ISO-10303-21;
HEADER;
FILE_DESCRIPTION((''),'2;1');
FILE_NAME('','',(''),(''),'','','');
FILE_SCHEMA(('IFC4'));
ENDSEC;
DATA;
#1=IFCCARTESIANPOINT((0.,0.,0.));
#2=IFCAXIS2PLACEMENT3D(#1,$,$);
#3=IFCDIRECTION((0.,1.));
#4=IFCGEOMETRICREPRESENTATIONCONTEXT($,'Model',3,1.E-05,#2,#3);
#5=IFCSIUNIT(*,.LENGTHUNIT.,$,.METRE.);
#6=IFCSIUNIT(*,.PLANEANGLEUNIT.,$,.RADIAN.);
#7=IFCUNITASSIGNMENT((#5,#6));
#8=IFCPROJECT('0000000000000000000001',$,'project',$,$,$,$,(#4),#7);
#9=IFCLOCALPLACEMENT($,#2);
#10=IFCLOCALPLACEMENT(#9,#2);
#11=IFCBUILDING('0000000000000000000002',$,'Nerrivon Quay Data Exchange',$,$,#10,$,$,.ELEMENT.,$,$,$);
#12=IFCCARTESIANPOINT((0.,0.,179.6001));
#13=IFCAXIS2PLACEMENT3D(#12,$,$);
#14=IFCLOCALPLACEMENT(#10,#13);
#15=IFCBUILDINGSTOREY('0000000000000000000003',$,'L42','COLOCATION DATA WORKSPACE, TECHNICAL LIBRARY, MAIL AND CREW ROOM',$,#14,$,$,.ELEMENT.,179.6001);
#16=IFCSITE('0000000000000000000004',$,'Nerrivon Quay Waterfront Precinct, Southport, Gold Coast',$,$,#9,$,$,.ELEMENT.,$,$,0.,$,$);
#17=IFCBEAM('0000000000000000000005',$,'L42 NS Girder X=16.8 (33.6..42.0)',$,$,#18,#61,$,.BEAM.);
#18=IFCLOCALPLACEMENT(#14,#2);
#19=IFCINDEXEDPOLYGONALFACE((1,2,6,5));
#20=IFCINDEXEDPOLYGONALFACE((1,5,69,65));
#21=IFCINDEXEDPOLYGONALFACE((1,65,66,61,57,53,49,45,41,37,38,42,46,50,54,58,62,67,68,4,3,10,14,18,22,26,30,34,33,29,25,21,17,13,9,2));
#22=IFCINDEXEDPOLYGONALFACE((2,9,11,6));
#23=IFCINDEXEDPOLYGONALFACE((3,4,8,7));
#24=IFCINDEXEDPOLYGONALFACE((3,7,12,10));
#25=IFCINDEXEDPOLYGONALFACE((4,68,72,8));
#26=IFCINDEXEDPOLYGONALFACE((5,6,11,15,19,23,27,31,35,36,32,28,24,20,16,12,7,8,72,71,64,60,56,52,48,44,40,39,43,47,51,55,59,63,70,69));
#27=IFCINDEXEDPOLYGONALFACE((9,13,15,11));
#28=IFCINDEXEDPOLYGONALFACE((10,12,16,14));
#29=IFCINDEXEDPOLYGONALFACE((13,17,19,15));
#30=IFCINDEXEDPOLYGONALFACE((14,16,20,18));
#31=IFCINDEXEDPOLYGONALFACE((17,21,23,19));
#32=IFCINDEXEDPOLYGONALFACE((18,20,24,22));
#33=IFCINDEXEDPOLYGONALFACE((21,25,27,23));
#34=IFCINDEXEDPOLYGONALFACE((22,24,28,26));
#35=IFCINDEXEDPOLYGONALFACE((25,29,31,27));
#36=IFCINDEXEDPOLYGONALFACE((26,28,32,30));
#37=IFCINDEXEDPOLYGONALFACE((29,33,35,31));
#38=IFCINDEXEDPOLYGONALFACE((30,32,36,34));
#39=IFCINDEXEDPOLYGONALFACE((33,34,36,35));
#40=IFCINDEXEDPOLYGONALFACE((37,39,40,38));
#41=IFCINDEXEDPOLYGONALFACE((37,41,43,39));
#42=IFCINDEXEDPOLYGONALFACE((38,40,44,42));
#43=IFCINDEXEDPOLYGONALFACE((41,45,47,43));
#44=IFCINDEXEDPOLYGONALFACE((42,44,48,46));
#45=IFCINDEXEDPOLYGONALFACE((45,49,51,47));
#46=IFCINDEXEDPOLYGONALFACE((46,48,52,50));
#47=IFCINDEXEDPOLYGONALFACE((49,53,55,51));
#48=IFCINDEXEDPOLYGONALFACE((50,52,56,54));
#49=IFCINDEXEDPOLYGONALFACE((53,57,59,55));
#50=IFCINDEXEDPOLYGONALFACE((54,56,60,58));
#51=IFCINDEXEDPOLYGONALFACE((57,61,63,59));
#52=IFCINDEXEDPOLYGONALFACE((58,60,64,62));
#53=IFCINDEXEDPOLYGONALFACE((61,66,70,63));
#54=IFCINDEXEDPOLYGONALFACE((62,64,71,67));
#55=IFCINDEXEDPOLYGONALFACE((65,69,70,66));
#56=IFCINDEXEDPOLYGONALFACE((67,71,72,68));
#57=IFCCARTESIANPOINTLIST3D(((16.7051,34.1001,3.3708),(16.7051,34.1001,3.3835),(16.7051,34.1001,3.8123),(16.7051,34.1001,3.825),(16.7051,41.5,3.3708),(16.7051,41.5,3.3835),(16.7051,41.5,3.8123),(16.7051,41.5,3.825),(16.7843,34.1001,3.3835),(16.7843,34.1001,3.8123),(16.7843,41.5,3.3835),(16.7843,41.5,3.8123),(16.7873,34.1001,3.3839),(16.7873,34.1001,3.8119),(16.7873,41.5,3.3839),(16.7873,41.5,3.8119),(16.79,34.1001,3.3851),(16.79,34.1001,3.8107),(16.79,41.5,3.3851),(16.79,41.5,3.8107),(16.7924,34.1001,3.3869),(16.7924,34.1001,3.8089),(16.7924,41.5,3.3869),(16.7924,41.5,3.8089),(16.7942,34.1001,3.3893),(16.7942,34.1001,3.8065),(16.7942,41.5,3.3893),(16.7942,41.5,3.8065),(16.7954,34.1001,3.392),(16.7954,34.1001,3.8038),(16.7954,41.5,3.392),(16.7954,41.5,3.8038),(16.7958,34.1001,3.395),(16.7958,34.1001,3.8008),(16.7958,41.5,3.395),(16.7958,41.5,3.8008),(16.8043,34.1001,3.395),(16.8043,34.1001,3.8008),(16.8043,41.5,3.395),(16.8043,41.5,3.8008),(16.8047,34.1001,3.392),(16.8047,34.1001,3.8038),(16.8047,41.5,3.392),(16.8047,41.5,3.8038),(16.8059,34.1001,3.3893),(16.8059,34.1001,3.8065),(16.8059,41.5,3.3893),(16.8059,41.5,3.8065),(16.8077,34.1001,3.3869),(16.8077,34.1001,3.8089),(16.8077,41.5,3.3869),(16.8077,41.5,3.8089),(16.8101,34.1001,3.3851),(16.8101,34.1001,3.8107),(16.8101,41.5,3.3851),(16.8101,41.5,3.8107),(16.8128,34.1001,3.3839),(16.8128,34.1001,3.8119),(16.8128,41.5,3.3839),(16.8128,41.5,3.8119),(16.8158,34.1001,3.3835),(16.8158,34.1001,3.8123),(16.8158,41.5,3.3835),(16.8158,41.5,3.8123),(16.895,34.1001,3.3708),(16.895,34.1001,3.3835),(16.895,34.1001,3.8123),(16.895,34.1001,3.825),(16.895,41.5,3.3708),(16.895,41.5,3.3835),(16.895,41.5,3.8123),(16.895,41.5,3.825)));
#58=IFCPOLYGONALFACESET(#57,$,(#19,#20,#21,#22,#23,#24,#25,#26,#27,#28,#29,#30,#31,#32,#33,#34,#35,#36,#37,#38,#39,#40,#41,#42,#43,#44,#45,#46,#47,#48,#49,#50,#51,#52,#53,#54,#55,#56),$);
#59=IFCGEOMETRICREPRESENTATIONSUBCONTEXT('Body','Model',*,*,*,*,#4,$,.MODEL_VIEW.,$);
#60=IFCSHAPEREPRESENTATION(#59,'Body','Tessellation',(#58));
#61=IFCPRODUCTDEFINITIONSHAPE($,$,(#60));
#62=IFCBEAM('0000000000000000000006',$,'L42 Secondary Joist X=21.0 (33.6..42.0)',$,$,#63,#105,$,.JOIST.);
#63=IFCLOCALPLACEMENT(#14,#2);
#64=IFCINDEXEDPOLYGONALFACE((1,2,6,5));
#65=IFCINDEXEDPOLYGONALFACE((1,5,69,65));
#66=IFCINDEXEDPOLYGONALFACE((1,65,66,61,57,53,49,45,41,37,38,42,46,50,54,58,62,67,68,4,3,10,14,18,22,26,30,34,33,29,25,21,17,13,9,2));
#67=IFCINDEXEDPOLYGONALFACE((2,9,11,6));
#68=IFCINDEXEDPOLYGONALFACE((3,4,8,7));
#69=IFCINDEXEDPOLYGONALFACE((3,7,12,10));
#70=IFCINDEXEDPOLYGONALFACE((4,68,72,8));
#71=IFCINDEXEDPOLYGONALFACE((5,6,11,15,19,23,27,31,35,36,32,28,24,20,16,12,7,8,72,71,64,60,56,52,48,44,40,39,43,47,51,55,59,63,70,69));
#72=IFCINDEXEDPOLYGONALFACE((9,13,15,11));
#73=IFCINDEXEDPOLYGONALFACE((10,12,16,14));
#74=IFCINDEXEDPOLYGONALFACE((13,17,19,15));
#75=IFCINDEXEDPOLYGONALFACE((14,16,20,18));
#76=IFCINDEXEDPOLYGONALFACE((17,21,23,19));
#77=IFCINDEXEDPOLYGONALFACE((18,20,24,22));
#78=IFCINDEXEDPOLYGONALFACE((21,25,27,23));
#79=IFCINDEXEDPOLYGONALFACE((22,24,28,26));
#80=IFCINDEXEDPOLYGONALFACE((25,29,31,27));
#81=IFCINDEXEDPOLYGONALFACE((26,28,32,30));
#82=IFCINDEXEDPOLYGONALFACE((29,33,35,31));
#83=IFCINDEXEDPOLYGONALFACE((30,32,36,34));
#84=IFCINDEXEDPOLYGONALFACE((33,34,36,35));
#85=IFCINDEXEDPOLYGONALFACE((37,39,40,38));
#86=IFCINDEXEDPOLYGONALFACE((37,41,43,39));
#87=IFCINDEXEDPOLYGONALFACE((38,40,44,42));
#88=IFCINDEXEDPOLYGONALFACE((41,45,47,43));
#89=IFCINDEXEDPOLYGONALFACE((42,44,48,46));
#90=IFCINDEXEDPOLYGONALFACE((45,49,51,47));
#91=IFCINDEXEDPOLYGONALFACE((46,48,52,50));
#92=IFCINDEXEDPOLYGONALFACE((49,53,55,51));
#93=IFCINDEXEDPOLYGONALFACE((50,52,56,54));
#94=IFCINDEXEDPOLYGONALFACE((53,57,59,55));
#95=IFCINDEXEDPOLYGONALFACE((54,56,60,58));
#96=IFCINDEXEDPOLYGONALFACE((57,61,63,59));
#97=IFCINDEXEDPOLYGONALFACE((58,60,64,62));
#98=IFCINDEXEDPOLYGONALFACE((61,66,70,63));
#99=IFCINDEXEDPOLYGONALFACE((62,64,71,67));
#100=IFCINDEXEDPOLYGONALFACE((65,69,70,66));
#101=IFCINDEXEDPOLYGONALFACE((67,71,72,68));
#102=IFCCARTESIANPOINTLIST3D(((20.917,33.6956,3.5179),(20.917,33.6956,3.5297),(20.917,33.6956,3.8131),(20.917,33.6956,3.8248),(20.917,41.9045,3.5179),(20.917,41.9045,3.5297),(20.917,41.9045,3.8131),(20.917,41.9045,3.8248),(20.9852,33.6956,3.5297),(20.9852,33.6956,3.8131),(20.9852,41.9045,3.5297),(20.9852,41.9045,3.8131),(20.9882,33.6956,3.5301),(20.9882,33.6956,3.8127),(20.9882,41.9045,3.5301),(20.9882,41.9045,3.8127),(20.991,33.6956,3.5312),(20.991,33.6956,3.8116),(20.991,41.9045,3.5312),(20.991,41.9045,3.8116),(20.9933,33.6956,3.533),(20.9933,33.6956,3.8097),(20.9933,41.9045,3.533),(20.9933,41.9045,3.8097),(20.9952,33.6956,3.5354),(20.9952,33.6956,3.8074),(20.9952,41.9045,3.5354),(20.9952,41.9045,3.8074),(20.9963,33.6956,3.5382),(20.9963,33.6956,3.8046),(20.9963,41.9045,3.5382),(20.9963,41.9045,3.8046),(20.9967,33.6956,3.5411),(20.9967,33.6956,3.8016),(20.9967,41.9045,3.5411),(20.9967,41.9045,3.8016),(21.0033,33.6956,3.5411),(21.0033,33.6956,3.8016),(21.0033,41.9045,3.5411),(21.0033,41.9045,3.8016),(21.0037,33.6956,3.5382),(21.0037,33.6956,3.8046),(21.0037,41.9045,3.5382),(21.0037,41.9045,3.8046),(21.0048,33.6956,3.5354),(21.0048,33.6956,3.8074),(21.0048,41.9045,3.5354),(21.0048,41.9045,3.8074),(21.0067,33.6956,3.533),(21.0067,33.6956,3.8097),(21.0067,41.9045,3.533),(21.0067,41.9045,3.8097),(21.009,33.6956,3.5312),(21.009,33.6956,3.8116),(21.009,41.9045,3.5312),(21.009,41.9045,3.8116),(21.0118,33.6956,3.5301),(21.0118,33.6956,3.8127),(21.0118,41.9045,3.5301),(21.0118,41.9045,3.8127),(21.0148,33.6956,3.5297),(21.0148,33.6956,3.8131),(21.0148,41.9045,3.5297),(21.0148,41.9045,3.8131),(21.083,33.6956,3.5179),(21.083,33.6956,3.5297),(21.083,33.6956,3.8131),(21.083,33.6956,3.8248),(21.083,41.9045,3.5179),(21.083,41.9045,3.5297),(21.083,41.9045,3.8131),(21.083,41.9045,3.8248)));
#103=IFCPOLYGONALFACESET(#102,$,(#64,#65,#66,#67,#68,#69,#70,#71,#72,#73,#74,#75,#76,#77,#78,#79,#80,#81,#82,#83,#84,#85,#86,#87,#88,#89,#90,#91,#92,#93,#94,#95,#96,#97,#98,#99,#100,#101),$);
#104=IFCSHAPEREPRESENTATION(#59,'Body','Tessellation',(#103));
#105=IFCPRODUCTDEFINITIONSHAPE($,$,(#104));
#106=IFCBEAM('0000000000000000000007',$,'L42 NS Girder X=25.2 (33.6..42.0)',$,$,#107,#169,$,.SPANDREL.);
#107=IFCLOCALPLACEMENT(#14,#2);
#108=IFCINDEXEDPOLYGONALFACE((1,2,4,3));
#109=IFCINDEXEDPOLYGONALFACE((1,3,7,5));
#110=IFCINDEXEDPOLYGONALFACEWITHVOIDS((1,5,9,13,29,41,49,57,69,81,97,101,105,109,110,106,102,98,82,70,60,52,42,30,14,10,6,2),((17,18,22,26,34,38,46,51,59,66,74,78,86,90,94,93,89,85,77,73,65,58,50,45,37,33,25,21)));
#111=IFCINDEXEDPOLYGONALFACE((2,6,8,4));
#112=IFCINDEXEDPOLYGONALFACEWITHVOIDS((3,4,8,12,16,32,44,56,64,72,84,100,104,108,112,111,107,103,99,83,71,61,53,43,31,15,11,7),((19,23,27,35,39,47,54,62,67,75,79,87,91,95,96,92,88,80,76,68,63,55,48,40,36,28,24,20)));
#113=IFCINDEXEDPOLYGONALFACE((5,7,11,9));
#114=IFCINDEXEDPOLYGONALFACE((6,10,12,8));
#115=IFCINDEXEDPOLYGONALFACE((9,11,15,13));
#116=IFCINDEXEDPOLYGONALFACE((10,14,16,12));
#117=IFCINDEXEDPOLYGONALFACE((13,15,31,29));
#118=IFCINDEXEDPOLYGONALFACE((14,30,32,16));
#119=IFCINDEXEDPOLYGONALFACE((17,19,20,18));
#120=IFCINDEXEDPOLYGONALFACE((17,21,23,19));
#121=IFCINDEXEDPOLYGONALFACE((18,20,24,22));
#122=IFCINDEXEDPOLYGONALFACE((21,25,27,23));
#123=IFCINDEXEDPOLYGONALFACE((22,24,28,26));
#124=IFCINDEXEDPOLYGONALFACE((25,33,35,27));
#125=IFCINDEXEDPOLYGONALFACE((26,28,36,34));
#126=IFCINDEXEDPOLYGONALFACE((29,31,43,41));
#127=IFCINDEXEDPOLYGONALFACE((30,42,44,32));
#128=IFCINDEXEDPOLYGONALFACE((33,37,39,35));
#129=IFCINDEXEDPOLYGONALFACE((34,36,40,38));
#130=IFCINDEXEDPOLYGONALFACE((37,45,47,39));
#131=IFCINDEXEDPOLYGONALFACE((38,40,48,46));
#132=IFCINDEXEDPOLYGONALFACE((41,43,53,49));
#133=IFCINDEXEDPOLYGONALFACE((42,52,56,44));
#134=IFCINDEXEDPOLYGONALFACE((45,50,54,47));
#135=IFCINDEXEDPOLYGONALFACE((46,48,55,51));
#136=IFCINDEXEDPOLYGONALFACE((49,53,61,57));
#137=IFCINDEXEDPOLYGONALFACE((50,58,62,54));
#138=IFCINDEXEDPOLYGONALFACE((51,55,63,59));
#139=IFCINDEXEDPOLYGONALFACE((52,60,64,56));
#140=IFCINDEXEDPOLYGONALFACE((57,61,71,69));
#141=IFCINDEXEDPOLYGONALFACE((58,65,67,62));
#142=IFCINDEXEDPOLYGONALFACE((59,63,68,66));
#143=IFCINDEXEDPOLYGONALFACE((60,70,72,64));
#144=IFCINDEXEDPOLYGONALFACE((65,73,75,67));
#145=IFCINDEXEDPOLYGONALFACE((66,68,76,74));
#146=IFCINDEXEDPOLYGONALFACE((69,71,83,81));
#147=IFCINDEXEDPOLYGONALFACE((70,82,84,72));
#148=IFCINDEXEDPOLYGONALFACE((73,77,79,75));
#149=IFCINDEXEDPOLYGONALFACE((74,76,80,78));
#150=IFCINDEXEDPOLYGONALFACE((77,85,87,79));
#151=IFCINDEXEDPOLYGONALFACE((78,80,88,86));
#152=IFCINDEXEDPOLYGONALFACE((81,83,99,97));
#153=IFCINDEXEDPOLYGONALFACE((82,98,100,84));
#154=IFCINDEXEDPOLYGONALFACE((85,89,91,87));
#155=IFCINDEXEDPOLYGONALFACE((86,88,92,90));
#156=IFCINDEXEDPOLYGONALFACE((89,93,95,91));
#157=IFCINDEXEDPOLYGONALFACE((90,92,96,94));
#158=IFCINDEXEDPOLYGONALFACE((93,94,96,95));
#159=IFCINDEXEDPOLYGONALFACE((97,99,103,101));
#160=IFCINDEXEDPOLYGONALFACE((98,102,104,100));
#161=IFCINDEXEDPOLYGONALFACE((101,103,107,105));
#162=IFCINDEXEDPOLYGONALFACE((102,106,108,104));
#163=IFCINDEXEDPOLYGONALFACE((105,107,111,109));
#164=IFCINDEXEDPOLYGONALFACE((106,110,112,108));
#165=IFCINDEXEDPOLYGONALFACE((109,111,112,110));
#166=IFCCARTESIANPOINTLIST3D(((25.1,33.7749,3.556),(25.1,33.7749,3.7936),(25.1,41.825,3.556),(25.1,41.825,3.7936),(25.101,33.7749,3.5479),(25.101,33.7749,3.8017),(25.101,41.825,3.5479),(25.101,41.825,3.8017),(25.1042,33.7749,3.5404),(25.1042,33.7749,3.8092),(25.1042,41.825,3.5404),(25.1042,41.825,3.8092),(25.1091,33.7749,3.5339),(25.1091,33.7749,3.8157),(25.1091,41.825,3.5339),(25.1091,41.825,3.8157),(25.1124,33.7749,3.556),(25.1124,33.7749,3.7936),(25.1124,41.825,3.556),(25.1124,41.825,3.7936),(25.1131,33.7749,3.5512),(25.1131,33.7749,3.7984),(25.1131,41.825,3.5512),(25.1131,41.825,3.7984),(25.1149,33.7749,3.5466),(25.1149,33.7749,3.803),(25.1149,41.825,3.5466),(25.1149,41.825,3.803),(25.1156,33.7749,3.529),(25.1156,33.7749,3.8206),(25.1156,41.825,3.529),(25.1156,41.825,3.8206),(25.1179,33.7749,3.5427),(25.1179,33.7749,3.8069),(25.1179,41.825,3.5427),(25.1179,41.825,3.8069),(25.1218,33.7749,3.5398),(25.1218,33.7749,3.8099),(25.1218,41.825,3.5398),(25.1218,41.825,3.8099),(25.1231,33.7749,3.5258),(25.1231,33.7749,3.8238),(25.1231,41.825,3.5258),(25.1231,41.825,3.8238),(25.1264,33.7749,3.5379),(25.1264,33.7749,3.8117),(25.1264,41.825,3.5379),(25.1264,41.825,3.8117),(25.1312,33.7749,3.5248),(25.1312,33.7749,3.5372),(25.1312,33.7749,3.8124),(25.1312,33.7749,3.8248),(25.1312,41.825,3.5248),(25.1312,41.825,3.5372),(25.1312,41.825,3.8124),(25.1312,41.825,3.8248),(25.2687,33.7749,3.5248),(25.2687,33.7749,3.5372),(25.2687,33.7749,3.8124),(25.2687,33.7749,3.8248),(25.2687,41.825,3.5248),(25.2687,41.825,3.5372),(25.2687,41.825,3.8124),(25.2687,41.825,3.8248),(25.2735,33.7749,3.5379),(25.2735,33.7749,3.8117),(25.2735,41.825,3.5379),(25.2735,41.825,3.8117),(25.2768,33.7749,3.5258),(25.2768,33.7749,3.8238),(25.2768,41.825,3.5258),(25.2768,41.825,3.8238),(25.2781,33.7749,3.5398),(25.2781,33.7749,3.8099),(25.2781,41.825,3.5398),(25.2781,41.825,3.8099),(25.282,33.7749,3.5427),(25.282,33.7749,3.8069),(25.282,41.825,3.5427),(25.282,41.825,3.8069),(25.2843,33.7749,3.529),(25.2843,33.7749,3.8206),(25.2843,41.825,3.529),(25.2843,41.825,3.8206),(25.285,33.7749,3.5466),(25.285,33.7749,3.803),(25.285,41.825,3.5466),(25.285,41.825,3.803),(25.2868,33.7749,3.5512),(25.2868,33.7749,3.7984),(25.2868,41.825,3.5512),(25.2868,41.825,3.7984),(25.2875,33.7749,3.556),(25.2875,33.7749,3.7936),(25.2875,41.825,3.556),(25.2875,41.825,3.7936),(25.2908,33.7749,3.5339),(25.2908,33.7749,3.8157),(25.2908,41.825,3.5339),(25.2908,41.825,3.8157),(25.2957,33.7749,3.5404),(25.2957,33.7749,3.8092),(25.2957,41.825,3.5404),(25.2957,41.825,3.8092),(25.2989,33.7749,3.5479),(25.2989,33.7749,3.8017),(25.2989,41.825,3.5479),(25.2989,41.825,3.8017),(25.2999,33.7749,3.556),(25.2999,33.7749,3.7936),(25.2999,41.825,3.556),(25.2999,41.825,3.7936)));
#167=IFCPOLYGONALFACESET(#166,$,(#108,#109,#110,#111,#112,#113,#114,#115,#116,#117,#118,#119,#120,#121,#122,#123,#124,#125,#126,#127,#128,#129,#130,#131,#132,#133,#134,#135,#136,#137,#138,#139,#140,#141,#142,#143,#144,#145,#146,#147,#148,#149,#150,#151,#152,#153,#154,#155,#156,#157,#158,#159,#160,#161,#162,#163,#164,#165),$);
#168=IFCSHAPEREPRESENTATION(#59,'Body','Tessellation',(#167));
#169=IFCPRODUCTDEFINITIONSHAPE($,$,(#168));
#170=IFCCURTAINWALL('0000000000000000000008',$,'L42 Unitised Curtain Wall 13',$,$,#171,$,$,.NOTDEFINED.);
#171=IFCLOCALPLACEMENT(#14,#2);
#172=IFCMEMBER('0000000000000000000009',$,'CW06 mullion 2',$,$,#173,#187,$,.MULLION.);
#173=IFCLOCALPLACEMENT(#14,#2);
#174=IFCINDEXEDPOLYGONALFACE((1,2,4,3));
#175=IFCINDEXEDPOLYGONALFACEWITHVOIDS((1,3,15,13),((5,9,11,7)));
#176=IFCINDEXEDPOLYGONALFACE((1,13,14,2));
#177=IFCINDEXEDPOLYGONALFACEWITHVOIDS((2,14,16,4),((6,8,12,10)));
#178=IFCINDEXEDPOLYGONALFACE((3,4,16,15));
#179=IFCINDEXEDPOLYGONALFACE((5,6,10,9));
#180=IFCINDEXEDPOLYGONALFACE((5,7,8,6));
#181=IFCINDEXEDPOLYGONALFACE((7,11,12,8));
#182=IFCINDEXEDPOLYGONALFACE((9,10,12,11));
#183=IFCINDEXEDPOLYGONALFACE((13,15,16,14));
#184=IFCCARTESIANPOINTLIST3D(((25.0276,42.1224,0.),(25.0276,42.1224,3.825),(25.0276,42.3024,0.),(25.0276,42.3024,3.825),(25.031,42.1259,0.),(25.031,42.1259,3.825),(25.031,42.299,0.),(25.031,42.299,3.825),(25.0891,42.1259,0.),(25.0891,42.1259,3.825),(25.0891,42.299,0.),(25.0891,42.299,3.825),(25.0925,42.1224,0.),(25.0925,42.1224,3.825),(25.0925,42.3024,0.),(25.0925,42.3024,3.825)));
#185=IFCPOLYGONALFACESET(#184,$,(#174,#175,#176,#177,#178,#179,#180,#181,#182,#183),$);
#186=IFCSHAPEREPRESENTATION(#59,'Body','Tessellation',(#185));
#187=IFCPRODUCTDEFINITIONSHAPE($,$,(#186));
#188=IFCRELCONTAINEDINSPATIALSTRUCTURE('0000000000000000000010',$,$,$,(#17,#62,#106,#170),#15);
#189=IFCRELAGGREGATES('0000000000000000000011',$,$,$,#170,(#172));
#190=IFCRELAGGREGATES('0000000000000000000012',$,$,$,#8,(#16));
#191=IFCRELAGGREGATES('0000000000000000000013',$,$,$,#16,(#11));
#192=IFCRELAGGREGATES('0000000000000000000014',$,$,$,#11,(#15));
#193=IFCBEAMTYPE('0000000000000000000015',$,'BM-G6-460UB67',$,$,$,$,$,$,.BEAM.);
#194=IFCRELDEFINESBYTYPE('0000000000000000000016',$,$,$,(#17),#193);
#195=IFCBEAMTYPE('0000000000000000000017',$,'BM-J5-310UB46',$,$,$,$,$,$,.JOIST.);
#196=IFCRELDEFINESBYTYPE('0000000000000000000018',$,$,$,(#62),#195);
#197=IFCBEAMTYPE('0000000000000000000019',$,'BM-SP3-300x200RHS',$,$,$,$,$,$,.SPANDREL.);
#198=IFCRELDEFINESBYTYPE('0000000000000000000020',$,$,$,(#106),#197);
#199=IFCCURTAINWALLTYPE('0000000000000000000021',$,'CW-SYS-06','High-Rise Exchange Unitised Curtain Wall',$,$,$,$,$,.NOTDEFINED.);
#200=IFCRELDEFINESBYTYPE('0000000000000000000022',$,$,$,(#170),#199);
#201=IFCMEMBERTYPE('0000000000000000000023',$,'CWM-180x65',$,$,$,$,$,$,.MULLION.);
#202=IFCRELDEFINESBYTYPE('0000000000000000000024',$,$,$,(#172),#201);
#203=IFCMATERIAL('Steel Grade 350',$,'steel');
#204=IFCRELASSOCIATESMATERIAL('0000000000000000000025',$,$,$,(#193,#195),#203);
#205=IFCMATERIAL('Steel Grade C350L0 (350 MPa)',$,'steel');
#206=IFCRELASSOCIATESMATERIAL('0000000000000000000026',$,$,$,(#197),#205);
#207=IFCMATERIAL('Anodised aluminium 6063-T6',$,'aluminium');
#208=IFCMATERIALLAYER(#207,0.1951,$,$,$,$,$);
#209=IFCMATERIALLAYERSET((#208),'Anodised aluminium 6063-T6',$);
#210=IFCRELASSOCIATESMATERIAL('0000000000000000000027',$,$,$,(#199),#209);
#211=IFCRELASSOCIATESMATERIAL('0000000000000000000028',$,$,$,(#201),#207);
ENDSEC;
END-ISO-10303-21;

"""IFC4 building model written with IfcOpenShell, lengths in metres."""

from ifc_helpers import new_model, si_unit, direction, frame, origin, origin_2d, place, context, subcontext, project, spatial, hollow_rectangle, i_section, extrude, material, layer, layer_set, material_profile, profile_set, type_object, element, aggregate, save


model = new_model("IFC4")

# Units and contexts
model_context = context("Model", 3, precision=1e-05, world=origin(), true_north=direction((0.0, 1.0)))
body_context = subcontext(model_context, "Body", "Model", "MODEL_VIEW")
ifc_project = project(units=[si_unit("LENGTHUNIT", "METRE"), si_unit("PLANEANGLEUNIT", "RADIAN")], contexts=[model_context])

# Site, building, storey
site_placement = place(None, origin())
site = spatial("IfcSite", under=ifc_project, at=site_placement, Name="Nerrivon Quay Waterfront Precinct, Southport, Gold Coast", CompositionType="ELEMENT", RefElevation=0.0)
building_placement = place(site_placement, origin())
building = spatial("IfcBuilding", under=site, at=building_placement, Name="Nerrivon Quay Data Exchange", CompositionType="ELEMENT")
storey_placement = place(building_placement, frame((0.0, 0.0, 179.6001)))
storey = spatial("IfcBuildingStorey", under=building, at=storey_placement, Name="L42", Description="COLOCATION DATA WORKSPACE, TECHNICAL LIBRARY, MAIL AND CREW ROOM", CompositionType="ELEMENT", Elevation=179.6001)

# Shared definitions
ifc_material_1 = material(Name="Steel Grade 350", Category="steel")

# Beams
ifc_material_profile_1 = material_profile(ifc_material_1, i_section(OverallWidth=0.1899, OverallDepth=0.4541, WebThickness=0.0085, FlangeThickness=0.0127, FilletRadius=0.0115, at=origin_2d()), Name="460UB67.1")
ifc_profile_set_1 = profile_set([ifc_material_profile_1], Name="Steel Grade 350")
beam_type_1 = type_object("IfcBeamType", Name="BM-G6-460UB67", PredefinedType="BEAM", material=ifc_profile_set_1)
beam_1_placement = place(storey_placement, frame((16.8, 34.1001, 3.5979), z_axis=(0.0, 1.0, 0.0), x_axis=(-1.0, 0.0, 0.0)))
element("IfcBeam", 1, at=beam_1_placement, inside=storey, type_object=beam_type_1, Name="L42 NS Girder X=16.8 (33.6..42.0)", PredefinedType="BEAM", context=body_context, shape_type="SweptSolid", body=[
    extrude(i_section(OverallWidth=0.1899, OverallDepth=0.4541, WebThickness=0.0085, FlangeThickness=0.0127, FilletRadius=0.0115, at=origin_2d()), origin(), (0.0, 0.0, 1.0), 7.3999),
])
ifc_material_profile_2 = material_profile(ifc_material_1, i_section(OverallWidth=0.166, OverallDepth=0.3069, WebThickness=0.0066, FlangeThickness=0.0117, FilletRadius=0.0115, at=origin_2d()), Name="310UB46.2")
ifc_profile_set_2 = profile_set([ifc_material_profile_2], Name="Steel Grade 350")
beam_type_2 = type_object("IfcBeamType", Name="BM-J5-310UB46", PredefinedType="JOIST", material=ifc_profile_set_2)
beam_2_placement = place(storey_placement, frame((21.0, 33.6956, 3.6714), z_axis=(0.0, 1.0, 0.0), x_axis=(-1.0, 0.0, 0.0)))
element("IfcBeam", 2, at=beam_2_placement, inside=storey, type_object=beam_type_2, Name="L42 Secondary Joist X=21.0 (33.6..42.0)", PredefinedType="JOIST", context=body_context, shape_type="SweptSolid", body=[
    extrude(i_section(OverallWidth=0.166, OverallDepth=0.3069, WebThickness=0.0066, FlangeThickness=0.0117, FilletRadius=0.0115, at=origin_2d()), origin(), (0.0, 0.0, 1.0), 8.209),
])
ifc_material_2 = material(Name="Steel Grade C350L0 (350 MPa)", Category="steel")
ifc_material_profile_3 = material_profile(ifc_material_2, hollow_rectangle(XDim=0.2, YDim=0.3, WallThickness=0.0125, InnerFilletRadius=0.0188, OuterFilletRadius=0.0312, at=origin_2d()), Name="300x200x12.5RHS")
ifc_profile_set_3 = profile_set([ifc_material_profile_3], Name="Steel Grade C350L0 (350 MPa)")
beam_type_3 = type_object("IfcBeamType", Name="BM-SP3-300x200RHS", PredefinedType="SPANDREL", material=ifc_profile_set_3)
beam_3_placement = place(storey_placement, frame((25.2, 33.7749, 3.6748), z_axis=(0.0, 1.0, 0.0), x_axis=(-1.0, 0.0, 0.0)))
element("IfcBeam", 3, at=beam_3_placement, inside=storey, type_object=beam_type_3, Name="L42 NS Girder X=25.2 (33.6..42.0)", PredefinedType="SPANDREL", context=body_context, shape_type="SweptSolid", body=[
    extrude(hollow_rectangle(XDim=0.2, YDim=0.3, WallThickness=0.0125, InnerFilletRadius=0.0188, OuterFilletRadius=0.0312, at=origin_2d()), origin(), (0.0, 0.0, 1.0), 8.05),
])

# Curtain wall, member
ifc_material_3 = material(Name="Anodised aluminium 6063-T6", Category="aluminium")
ifc_layer_1 = layer(ifc_material_3, 0.1951)
ifc_layer_set_1 = layer_set([ifc_layer_1], Name="Anodised aluminium 6063-T6")
curtain_wall_type = type_object("IfcCurtainWallType", Name="CW-SYS-06", Description="High-Rise Exchange Unitised Curtain Wall", PredefinedType="NOTDEFINED", material=ifc_layer_set_1)
curtain_wall_1_placement = place(storey_placement, origin())
curtain_wall_1 = element("IfcCurtainWall", 4, at=curtain_wall_1_placement, inside=storey, type_object=curtain_wall_type, Name="L42 Unitised Curtain Wall 13", PredefinedType="NOTDEFINED")
ifc_material_profile_4 = material_profile(ifc_material_3, hollow_rectangle(XDim=0.0649, YDim=0.1799, WallThickness=0.0034, at=origin_2d()), Name="ALU-MULL-180x65")
ifc_profile_set_4 = profile_set([ifc_material_profile_4], Name="Anodised aluminium 6063-T6")
member_type_1 = type_object("IfcMemberType", Name="CWM-180x65", PredefinedType="MULLION", material=ifc_profile_set_4)
member_1_placement = place(storey_placement, frame((25.0601, 42.2124, 0.0), z_axis=(0.0, 0.0, 1.0), x_axis=(1.0, 0.0, 0.0)))
member_1 = element("IfcMember", 5, at=member_1_placement, type_object=member_type_1, Name="CW06 mullion 2", PredefinedType="MULLION", context=body_context, shape_type="SweptSolid", body=[
    extrude(hollow_rectangle(XDim=0.0649, YDim=0.1799, WallThickness=0.0034, at=origin_2d()), origin(), (0.0, 0.0, 1.0), 3.825),
])
aggregate(curtain_wall_1, [member_1])

save(model, "model.ifc")
